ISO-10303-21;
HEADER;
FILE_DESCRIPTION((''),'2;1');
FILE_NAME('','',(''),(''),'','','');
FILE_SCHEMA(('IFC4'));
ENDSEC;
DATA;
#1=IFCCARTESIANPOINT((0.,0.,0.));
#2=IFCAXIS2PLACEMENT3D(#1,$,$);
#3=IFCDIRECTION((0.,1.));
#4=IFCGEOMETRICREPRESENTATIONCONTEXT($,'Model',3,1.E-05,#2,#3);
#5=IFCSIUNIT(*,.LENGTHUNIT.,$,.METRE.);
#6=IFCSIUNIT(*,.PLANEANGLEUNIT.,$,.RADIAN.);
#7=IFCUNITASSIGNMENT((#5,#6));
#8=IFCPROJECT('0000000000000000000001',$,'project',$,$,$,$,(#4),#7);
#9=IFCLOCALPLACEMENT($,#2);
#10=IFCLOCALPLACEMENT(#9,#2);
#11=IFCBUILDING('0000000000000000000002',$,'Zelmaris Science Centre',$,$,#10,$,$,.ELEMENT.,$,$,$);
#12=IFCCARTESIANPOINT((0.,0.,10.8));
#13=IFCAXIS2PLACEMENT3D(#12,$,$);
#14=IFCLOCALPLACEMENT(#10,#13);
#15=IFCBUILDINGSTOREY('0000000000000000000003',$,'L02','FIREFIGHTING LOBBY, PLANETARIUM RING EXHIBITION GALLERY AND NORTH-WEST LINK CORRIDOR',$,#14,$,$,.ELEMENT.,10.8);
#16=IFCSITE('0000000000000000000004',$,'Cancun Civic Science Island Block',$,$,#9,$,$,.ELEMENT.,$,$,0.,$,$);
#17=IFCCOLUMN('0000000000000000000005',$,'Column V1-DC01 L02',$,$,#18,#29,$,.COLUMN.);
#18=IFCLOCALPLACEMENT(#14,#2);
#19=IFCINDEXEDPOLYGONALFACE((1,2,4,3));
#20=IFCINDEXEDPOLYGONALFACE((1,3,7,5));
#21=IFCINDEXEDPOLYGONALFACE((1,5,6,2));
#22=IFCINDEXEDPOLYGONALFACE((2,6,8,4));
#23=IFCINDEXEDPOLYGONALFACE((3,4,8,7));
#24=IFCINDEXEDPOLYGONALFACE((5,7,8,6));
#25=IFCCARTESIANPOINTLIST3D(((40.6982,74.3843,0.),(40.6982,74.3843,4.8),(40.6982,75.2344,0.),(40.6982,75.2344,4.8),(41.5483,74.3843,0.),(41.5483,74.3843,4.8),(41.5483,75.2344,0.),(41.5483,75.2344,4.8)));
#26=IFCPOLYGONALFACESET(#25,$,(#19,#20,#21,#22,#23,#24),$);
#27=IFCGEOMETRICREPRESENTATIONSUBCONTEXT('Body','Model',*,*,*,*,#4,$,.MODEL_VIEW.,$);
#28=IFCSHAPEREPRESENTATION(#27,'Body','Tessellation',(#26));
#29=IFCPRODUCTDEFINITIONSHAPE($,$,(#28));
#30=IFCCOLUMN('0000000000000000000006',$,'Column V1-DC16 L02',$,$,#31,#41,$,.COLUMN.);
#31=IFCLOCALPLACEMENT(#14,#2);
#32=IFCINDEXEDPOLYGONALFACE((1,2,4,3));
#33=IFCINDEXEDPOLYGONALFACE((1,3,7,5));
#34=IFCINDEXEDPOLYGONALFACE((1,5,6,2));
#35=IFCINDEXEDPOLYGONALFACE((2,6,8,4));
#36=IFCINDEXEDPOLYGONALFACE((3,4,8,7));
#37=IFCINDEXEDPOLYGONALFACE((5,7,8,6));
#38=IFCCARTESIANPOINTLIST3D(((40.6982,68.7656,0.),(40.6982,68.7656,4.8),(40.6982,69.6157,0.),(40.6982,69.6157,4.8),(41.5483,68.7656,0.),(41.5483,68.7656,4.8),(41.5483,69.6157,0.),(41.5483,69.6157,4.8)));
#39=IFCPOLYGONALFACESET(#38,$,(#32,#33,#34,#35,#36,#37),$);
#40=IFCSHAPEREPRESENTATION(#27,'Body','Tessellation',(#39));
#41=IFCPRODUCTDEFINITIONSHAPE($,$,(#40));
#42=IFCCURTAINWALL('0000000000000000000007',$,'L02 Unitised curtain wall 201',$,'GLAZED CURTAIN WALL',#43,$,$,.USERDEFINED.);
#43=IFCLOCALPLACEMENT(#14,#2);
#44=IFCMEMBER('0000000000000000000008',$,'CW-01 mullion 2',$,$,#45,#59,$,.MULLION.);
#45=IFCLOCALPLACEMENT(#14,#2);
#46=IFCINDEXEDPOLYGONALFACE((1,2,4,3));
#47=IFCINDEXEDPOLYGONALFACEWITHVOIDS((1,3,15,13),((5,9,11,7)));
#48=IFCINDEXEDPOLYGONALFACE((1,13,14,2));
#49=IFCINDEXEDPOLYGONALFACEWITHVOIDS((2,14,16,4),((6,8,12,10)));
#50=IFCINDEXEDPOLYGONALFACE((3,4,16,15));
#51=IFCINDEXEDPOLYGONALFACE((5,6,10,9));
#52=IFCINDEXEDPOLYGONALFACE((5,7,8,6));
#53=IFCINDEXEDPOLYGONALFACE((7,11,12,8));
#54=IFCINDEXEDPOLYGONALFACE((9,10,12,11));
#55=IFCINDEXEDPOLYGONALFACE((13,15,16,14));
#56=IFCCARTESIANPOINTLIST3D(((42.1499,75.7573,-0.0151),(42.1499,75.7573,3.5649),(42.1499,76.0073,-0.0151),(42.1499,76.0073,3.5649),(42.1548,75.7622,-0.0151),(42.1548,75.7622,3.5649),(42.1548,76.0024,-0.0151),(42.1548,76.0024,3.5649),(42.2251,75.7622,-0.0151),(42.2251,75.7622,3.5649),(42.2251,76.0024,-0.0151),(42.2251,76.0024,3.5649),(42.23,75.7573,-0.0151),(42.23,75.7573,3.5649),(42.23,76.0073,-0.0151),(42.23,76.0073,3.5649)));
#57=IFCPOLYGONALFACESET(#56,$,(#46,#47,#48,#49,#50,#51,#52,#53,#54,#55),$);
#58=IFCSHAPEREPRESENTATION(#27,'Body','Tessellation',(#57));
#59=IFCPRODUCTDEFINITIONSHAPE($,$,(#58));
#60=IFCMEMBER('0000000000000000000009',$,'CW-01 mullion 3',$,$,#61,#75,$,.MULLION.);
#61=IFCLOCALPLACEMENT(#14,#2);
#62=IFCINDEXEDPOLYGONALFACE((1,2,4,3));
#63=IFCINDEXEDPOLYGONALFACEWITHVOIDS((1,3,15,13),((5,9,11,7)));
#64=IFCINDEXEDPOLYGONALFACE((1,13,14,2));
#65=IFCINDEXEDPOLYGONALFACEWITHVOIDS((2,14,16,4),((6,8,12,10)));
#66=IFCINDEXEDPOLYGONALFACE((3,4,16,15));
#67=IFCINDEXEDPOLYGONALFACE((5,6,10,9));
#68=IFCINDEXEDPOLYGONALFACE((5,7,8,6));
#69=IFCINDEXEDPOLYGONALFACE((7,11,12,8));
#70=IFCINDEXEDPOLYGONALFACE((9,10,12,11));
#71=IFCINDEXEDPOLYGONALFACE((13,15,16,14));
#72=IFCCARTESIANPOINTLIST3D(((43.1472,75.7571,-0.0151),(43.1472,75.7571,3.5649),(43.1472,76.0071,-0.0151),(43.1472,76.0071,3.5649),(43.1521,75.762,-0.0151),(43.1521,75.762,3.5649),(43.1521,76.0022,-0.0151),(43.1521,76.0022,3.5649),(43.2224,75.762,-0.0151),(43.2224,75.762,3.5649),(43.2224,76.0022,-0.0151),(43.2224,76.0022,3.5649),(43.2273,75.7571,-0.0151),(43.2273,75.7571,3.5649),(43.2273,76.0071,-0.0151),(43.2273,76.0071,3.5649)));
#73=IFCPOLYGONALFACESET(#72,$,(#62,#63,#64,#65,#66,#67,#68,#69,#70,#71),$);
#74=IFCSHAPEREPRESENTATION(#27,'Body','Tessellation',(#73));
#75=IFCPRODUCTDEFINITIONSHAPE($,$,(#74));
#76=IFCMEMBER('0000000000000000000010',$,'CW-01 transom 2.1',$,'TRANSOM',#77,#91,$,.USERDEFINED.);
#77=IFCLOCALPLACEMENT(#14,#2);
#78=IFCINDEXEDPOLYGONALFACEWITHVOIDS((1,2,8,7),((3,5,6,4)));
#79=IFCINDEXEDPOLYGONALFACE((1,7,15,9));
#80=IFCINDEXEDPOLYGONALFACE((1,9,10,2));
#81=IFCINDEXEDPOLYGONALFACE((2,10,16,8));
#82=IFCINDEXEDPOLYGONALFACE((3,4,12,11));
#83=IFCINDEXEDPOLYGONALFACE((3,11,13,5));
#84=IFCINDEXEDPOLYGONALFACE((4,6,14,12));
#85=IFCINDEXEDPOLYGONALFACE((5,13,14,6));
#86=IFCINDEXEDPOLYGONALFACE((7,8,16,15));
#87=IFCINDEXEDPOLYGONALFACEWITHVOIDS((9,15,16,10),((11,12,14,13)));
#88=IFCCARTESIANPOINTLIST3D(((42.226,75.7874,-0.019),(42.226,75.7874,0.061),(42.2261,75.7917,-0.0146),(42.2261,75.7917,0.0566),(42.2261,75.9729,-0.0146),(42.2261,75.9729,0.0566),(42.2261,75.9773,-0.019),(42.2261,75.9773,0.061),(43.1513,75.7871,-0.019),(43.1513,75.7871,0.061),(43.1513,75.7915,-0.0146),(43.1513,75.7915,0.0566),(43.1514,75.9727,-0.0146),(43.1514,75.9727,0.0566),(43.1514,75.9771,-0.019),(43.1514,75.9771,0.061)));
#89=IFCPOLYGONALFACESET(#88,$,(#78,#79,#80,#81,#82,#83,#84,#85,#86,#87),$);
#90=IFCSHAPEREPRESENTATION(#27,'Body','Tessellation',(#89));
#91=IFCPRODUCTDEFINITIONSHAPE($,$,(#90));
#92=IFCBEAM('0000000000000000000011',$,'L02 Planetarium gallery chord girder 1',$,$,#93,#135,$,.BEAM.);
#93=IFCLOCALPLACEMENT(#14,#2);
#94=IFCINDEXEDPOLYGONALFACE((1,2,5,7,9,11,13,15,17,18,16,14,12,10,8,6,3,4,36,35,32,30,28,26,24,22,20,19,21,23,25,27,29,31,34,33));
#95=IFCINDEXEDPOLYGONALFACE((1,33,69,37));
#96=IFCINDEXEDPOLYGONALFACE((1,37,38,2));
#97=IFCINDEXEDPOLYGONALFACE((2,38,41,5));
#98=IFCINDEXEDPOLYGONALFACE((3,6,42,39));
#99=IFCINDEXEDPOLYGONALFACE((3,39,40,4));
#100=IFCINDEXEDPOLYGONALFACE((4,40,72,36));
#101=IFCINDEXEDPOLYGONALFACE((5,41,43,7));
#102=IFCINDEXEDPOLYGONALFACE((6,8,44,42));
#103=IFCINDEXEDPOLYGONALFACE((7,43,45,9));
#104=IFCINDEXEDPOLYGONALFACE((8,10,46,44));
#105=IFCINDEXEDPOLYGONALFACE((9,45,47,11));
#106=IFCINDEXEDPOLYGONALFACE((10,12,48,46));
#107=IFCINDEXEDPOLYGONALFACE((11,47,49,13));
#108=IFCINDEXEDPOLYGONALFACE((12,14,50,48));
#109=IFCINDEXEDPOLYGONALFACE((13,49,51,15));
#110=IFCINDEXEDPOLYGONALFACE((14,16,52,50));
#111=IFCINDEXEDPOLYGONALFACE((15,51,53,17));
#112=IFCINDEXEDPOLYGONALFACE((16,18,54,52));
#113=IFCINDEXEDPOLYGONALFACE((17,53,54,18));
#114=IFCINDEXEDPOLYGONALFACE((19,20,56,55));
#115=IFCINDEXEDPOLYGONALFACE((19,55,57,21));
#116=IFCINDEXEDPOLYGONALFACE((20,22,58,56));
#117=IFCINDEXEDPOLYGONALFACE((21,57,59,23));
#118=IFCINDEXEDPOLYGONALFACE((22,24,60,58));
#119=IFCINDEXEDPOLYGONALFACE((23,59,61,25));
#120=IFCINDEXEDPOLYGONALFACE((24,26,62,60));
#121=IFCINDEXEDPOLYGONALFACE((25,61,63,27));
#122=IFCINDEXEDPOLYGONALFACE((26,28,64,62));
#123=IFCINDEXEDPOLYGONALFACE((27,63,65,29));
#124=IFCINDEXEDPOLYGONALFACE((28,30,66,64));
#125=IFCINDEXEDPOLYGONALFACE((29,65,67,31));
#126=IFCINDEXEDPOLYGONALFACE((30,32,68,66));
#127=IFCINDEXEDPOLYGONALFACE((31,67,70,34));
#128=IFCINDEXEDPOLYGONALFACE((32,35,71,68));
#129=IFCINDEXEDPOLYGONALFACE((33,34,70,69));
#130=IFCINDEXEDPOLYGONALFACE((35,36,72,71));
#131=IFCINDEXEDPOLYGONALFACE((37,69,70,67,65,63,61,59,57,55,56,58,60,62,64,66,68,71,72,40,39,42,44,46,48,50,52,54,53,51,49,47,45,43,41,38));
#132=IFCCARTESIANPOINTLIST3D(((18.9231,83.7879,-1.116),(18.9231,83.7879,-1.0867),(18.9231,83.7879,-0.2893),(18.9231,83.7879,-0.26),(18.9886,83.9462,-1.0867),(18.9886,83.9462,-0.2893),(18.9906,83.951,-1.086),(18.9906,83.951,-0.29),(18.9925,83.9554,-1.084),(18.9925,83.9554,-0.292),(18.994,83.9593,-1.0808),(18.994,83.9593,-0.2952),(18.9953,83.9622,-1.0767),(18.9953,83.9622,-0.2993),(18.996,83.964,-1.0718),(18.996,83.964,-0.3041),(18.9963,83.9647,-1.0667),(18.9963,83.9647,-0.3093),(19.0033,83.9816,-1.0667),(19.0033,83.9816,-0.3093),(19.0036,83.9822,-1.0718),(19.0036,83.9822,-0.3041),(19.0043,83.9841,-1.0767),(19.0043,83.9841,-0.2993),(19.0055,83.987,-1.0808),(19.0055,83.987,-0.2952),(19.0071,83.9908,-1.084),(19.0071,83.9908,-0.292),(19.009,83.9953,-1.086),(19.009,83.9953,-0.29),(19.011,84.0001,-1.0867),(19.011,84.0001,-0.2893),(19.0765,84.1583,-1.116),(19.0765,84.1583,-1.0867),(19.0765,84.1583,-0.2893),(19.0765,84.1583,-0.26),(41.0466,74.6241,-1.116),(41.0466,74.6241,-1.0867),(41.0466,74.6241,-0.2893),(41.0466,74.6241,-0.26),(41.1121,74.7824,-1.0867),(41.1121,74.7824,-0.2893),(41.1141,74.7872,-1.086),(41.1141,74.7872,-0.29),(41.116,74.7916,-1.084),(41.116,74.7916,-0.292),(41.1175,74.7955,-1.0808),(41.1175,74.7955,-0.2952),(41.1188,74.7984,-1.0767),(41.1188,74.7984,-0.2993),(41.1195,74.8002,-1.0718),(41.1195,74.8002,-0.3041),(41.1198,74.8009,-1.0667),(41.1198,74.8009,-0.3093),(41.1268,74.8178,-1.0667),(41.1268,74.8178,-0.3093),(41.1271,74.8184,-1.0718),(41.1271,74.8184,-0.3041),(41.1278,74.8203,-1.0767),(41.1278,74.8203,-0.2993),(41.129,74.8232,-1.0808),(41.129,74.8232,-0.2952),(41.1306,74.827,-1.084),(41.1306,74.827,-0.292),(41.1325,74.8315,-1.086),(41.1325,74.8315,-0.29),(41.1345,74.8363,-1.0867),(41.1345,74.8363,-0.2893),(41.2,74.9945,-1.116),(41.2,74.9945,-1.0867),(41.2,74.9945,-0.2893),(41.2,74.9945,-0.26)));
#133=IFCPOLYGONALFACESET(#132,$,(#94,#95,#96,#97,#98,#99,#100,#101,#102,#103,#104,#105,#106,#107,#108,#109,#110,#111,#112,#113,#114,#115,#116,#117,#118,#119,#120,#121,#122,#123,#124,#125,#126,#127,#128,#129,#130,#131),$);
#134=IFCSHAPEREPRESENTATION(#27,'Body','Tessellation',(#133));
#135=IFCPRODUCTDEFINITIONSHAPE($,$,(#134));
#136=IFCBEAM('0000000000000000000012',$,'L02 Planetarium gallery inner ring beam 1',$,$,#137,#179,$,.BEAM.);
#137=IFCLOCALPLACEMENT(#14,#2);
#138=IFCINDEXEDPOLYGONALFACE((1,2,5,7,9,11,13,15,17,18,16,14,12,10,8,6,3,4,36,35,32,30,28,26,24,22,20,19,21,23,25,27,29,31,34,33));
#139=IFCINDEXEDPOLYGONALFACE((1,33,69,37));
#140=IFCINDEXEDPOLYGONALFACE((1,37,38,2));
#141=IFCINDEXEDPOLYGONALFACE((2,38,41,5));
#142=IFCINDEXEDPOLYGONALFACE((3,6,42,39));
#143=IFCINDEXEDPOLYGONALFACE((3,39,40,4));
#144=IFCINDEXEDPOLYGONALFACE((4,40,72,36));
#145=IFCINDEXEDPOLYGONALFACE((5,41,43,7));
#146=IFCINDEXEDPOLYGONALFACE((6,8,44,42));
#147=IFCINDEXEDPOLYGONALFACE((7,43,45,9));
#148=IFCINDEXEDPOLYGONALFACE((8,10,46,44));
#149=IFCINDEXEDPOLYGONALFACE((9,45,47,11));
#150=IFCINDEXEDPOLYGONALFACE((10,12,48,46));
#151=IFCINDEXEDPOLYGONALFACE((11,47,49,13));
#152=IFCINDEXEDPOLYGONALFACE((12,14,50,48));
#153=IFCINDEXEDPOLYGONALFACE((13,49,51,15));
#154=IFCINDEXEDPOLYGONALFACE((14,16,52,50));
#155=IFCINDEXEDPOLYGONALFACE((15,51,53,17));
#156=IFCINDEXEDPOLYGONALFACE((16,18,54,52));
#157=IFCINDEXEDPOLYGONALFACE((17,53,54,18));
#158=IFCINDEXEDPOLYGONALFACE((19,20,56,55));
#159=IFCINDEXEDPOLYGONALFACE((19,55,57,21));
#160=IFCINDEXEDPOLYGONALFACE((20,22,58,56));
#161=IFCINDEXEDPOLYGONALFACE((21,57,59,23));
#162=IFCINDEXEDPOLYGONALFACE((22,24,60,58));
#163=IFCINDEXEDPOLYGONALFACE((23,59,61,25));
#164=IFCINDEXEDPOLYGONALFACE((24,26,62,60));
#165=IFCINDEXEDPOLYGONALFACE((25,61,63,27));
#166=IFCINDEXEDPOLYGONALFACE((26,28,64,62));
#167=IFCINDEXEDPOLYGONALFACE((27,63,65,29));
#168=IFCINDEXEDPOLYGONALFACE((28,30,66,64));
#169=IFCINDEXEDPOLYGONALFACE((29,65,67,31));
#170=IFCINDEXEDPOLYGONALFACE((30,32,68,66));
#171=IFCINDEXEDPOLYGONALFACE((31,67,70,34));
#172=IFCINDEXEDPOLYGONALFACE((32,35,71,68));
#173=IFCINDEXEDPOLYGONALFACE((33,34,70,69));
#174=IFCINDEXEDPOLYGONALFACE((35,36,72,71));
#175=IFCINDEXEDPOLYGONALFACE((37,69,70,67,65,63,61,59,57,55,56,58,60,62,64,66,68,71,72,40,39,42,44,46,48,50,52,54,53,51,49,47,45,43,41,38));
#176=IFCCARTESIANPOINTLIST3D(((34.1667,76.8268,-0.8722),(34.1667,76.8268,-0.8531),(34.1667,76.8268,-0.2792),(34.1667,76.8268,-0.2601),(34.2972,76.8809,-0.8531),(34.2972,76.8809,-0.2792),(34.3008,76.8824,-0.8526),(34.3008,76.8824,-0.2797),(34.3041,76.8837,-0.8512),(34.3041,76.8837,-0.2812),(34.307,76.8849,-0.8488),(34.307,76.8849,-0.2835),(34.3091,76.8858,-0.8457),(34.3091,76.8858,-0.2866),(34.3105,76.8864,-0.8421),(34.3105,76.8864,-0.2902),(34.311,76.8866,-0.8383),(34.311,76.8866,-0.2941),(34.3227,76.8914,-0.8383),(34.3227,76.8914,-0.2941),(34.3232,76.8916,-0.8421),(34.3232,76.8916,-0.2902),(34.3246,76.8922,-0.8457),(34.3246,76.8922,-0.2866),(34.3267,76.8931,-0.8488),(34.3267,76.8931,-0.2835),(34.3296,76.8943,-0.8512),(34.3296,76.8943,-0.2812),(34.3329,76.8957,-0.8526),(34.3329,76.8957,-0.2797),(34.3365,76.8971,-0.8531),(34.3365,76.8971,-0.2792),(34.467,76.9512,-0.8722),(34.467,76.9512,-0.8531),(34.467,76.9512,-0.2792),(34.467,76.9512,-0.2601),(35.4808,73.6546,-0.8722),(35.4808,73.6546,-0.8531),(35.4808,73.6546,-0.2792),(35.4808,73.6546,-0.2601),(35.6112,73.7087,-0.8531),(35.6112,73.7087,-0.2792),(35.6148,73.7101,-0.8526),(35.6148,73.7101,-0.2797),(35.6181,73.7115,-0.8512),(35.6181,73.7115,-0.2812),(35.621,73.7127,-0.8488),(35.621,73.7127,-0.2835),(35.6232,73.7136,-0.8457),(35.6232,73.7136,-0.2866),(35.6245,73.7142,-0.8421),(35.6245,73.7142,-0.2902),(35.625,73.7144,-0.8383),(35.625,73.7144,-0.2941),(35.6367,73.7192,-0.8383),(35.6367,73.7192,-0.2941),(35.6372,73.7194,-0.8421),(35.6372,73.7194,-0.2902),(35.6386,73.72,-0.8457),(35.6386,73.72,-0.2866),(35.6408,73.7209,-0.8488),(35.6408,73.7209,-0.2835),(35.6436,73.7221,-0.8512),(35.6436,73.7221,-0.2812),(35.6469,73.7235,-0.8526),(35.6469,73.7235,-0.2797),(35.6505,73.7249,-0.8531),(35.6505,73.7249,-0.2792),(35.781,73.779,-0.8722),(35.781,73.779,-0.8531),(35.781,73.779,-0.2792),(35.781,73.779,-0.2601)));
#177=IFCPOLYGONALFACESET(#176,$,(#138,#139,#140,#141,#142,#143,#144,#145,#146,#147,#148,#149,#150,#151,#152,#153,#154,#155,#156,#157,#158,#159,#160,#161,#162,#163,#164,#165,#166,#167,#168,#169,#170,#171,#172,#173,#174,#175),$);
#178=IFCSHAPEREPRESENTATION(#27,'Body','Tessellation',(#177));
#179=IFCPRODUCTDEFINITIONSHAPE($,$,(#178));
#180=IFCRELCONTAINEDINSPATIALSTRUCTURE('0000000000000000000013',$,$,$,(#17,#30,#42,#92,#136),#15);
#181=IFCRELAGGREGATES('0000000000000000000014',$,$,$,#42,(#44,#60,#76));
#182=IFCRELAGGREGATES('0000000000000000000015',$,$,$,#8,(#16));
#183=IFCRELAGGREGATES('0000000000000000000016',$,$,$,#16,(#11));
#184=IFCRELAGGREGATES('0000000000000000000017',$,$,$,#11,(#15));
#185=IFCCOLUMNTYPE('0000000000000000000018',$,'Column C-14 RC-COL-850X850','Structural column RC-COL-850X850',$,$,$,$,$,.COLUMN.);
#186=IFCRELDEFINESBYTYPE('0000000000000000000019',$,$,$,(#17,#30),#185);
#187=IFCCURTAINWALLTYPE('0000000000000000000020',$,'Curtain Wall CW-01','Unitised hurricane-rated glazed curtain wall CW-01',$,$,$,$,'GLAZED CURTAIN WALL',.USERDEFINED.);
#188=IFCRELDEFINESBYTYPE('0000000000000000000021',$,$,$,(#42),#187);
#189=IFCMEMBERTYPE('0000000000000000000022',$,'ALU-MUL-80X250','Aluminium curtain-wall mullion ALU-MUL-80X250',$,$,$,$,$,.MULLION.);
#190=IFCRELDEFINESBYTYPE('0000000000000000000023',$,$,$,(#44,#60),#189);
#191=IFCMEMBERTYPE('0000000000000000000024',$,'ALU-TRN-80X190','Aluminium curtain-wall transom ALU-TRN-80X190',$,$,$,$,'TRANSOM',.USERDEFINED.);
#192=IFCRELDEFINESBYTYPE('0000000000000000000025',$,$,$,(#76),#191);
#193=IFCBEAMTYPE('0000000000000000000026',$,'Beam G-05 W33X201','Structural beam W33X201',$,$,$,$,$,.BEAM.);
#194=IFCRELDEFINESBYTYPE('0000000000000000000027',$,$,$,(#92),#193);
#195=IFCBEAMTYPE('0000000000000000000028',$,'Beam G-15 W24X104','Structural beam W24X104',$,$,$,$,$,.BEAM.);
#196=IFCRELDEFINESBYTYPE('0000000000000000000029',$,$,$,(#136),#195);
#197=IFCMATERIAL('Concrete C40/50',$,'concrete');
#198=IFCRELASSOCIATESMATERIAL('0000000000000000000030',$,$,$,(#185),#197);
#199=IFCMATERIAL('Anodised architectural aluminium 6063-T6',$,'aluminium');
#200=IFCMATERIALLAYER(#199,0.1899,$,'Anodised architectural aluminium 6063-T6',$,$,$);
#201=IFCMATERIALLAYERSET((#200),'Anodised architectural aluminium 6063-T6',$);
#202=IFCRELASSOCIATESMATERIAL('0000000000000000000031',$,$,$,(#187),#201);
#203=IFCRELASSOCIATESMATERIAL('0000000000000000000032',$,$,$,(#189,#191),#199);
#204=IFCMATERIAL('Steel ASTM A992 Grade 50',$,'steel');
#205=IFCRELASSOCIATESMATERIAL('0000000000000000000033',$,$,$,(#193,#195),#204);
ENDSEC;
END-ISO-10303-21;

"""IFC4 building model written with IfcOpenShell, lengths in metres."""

from ifc_helpers import new_model, si_unit, direction, frame, origin, origin_2d, place, context, subcontext, project, spatial, rectangle, hollow_rectangle, i_section, extrude, material, layer, layer_set, material_profile, profile_set, type_object, element, aggregate, save


model = new_model("IFC4")

# Units and contexts
model_context = context("Model", 3, precision=1e-05, world=origin(), true_north=direction((0.0, 1.0)))
body_context = subcontext(model_context, "Body", "Model", "MODEL_VIEW")
ifc_project = project(units=[si_unit("LENGTHUNIT", "METRE"), si_unit("PLANEANGLEUNIT", "RADIAN")], contexts=[model_context])

# Site, building, storey
site_placement = place(None, origin())
site = spatial("IfcSite", under=ifc_project, at=site_placement, Name="Cancun Civic Science Island Block", CompositionType="ELEMENT", RefElevation=0.0)
building_placement = place(site_placement, origin())
building = spatial("IfcBuilding", under=site, at=building_placement, Name="Zelmaris Science Centre", CompositionType="ELEMENT")
storey_placement = place(building_placement, frame((0.0, 0.0, 10.8)))
storey = spatial("IfcBuildingStorey", under=building, at=storey_placement, Name="L02", Description="FIREFIGHTING LOBBY, PLANETARIUM RING EXHIBITION GALLERY AND NORTH-WEST LINK CORRIDOR", CompositionType="ELEMENT", Elevation=10.8)

# Columns
ifc_material_1 = material(Name="Concrete C40/50", Category="concrete")
ifc_material_profile_1 = material_profile(ifc_material_1, rectangle(XDim=0.8501, YDim=0.8501, at=origin_2d()), Name="RC-COL-850X850")
ifc_profile_set_1 = profile_set([ifc_material_profile_1], Name="Concrete C40/50")
column_type = type_object("IfcColumnType", Name="Column C-14 RC-COL-850X850", Description="Structural column RC-COL-850X850", PredefinedType="COLUMN", material=ifc_profile_set_1)
for number, where, z_axis, x_axis, name in (
    (1, (41.1233, 74.8093, 0.0), (0.0, 0.0, 1.0), (1.0, 0.0, 0.0), "Column V1-DC01 L02"),
    (2, (41.1233, 69.1907, 0.0), (0.0, 0.0, 1.0), (1.0, 0.0, 0.0), "Column V1-DC16 L02"),
):
    element("IfcColumn", number, at=place(storey_placement, frame(where, z_axis=z_axis, x_axis=x_axis)), inside=storey, type_object=column_type, Name=name, PredefinedType="COLUMN", context=body_context, shape_type="SweptSolid", body=[
        extrude(rectangle(XDim=0.8501, YDim=0.8501, at=origin_2d()), origin(), (0.0, 0.0, 1.0), 4.8),
    ])

# Curtain wall, members
ifc_material_2 = material(Name="Anodised architectural aluminium 6063-T6", Category="aluminium")
ifc_layer_1 = layer(ifc_material_2, 0.1899, Name="Anodised architectural aluminium 6063-T6")
ifc_layer_set_1 = layer_set([ifc_layer_1], Name="Anodised architectural aluminium 6063-T6")
curtain_wall_type = type_object("IfcCurtainWallType", Name="Curtain Wall CW-01", Description="Unitised hurricane-rated glazed curtain wall CW-01", ElementType="GLAZED CURTAIN WALL", PredefinedType="USERDEFINED", material=ifc_layer_set_1)
curtain_wall_placement = place(storey_placement, origin())
curtain_wall = element("IfcCurtainWall", 3, at=curtain_wall_placement, inside=storey, type_object=curtain_wall_type, Name="L02 Unitised curtain wall 201", ObjectType="GLAZED CURTAIN WALL", PredefinedType="USERDEFINED")
ifc_material_profile_2 = material_profile(ifc_material_2, hollow_rectangle(XDim=0.0801, YDim=0.25, WallThickness=0.0049, at=origin_2d()), Name="ALU-MUL-80X250")
ifc_profile_set_2 = profile_set([ifc_material_profile_2], Name="Anodised architectural aluminium 6063-T6")
member_type_1 = type_object("IfcMemberType", Name="ALU-MUL-80X250", Description="Aluminium curtain-wall mullion ALU-MUL-80X250", PredefinedType="MULLION", material=ifc_profile_set_2)
member_1_placement = place(storey_placement, frame((42.1899, 75.8823, -0.0151), z_axis=(0.0, 0.0, 1.0), x_axis=(1.0, -0.000194, 0.0)))
member_1 = element("IfcMember", 4, at=member_1_placement, type_object=member_type_1, Name="CW-01 mullion 2", PredefinedType="MULLION", context=body_context, shape_type="SweptSolid", body=[
    extrude(hollow_rectangle(XDim=0.0801, YDim=0.25, WallThickness=0.0049, at=origin_2d()), origin(), (0.0, 0.0, 1.0), 3.5801),
])
member_2_placement = place(storey_placement, frame((43.1873, 75.8821, -0.0151), z_axis=(0.0, 0.0, 1.0), x_axis=(1.0, -0.000194, 0.0)))
member_2 = element("IfcMember", 5, at=member_2_placement, type_object=member_type_1, Name="CW-01 mullion 3", PredefinedType="MULLION", context=body_context, shape_type="SweptSolid", body=[
    extrude(hollow_rectangle(XDim=0.0801, YDim=0.25, WallThickness=0.0049, at=origin_2d()), origin(), (0.0, 0.0, 1.0), 3.5801),
])
ifc_material_profile_3 = material_profile(ifc_material_2, hollow_rectangle(XDim=0.0801, YDim=0.1899, WallThickness=0.0044, at=origin_2d()), Name="ALU-TRN-80X190")
ifc_profile_set_3 = profile_set([ifc_material_profile_3], Name="Anodised architectural aluminium 6063-T6")
member_type_2 = type_object("IfcMemberType", Name="ALU-TRN-80X190", Description="Aluminium curtain-wall transom ALU-TRN-80X190", ElementType="TRANSOM", PredefinedType="USERDEFINED", material=ifc_profile_set_3)
member_3_placement = place(storey_placement, frame((42.2261, 75.8823, 0.021), z_axis=(1.0, -0.000264, 0.0), x_axis=(0.0, 0.0, 1.0)))
member_3 = element("IfcMember", 6, at=member_3_placement, type_object=member_type_2, Name="CW-01 transom 2.1", ObjectType="TRANSOM", PredefinedType="USERDEFINED", context=body_context, shape_type="SweptSolid", body=[
    extrude(hollow_rectangle(XDim=0.0801, YDim=0.1899, WallThickness=0.0044, at=origin_2d()), origin(), (0.0, 0.0, 1.0), 0.9253),
])

# Beams
ifc_material_3 = material(Name="Steel ASTM A992 Grade 50", Category="steel")
ifc_material_profile_4 = material_profile(ifc_material_3, i_section(OverallWidth=0.4009, OverallDepth=0.856, WebThickness=0.0183, FlangeThickness=0.0293, FilletRadius=0.02, at=origin_2d()), Name="W33X201")
ifc_profile_set_4 = profile_set([ifc_material_profile_4], Name="Steel ASTM A992 Grade 50")
beam_type_1 = type_object("IfcBeamType", Name="Beam G-05 W33X201", Description="Structural beam W33X201", PredefinedType="BEAM", material=ifc_profile_set_4)
beam_placement = place(storey_placement, frame((41.1233, 74.8093, -0.688), z_axis=(-0.92388, 0.382682, 0.0), x_axis=(-0.382682, -0.92388, 0.0)))
element("IfcBeam", 7, at=beam_placement, inside=storey, type_object=beam_type_1, Name="L02 Planetarium gallery chord girder 1", PredefinedType="BEAM", context=body_context, shape_type="SweptSolid", body=[
    extrude(i_section(OverallWidth=0.4009, OverallDepth=0.856, WebThickness=0.0183, FlangeThickness=0.0293, FilletRadius=0.02, at=origin_2d()), origin(), (0.0, 0.0, 1.0), 23.9463),
])
ifc_material_profile_5 = material_profile(ifc_material_3, i_section(OverallWidth=0.325, OverallDepth=0.6121, WebThickness=0.0127, FlangeThickness=0.019, FilletRadius=0.0149, at=origin_2d()), Name="W24X104")
ifc_profile_set_5 = profile_set([ifc_material_profile_5], Name="Steel ASTM A992 Grade 50")
beam_type_2 = type_object("IfcBeamType", Name="Beam G-15 W24X104", Description="Structural beam W24X104", PredefinedType="BEAM", material=ifc_profile_set_5)
for number, where, z_axis, x_axis, name in (
    (8, (35.6309, 73.7168, -0.5662), (-0.382691, 0.923876, 0.0), (-0.923876, -0.382691, 0.0), "L02 Planetarium gallery inner ring beam 1"),
):
    element("IfcBeam", number, at=place(storey_placement, frame(where, z_axis=z_axis, x_axis=x_axis)), inside=storey, type_object=beam_type_2, Name=name, PredefinedType="BEAM", context=body_context, shape_type="SweptSolid", body=[
        extrude(i_section(OverallWidth=0.325, OverallDepth=0.6121, WebThickness=0.0127, FlangeThickness=0.019, FilletRadius=0.0149, at=origin_2d()), origin(), (0.0, 0.0, 1.0), 3.4336),
    ])

aggregate(curtain_wall, [member_1, member_2, member_3])

save(model, "model.ifc")
